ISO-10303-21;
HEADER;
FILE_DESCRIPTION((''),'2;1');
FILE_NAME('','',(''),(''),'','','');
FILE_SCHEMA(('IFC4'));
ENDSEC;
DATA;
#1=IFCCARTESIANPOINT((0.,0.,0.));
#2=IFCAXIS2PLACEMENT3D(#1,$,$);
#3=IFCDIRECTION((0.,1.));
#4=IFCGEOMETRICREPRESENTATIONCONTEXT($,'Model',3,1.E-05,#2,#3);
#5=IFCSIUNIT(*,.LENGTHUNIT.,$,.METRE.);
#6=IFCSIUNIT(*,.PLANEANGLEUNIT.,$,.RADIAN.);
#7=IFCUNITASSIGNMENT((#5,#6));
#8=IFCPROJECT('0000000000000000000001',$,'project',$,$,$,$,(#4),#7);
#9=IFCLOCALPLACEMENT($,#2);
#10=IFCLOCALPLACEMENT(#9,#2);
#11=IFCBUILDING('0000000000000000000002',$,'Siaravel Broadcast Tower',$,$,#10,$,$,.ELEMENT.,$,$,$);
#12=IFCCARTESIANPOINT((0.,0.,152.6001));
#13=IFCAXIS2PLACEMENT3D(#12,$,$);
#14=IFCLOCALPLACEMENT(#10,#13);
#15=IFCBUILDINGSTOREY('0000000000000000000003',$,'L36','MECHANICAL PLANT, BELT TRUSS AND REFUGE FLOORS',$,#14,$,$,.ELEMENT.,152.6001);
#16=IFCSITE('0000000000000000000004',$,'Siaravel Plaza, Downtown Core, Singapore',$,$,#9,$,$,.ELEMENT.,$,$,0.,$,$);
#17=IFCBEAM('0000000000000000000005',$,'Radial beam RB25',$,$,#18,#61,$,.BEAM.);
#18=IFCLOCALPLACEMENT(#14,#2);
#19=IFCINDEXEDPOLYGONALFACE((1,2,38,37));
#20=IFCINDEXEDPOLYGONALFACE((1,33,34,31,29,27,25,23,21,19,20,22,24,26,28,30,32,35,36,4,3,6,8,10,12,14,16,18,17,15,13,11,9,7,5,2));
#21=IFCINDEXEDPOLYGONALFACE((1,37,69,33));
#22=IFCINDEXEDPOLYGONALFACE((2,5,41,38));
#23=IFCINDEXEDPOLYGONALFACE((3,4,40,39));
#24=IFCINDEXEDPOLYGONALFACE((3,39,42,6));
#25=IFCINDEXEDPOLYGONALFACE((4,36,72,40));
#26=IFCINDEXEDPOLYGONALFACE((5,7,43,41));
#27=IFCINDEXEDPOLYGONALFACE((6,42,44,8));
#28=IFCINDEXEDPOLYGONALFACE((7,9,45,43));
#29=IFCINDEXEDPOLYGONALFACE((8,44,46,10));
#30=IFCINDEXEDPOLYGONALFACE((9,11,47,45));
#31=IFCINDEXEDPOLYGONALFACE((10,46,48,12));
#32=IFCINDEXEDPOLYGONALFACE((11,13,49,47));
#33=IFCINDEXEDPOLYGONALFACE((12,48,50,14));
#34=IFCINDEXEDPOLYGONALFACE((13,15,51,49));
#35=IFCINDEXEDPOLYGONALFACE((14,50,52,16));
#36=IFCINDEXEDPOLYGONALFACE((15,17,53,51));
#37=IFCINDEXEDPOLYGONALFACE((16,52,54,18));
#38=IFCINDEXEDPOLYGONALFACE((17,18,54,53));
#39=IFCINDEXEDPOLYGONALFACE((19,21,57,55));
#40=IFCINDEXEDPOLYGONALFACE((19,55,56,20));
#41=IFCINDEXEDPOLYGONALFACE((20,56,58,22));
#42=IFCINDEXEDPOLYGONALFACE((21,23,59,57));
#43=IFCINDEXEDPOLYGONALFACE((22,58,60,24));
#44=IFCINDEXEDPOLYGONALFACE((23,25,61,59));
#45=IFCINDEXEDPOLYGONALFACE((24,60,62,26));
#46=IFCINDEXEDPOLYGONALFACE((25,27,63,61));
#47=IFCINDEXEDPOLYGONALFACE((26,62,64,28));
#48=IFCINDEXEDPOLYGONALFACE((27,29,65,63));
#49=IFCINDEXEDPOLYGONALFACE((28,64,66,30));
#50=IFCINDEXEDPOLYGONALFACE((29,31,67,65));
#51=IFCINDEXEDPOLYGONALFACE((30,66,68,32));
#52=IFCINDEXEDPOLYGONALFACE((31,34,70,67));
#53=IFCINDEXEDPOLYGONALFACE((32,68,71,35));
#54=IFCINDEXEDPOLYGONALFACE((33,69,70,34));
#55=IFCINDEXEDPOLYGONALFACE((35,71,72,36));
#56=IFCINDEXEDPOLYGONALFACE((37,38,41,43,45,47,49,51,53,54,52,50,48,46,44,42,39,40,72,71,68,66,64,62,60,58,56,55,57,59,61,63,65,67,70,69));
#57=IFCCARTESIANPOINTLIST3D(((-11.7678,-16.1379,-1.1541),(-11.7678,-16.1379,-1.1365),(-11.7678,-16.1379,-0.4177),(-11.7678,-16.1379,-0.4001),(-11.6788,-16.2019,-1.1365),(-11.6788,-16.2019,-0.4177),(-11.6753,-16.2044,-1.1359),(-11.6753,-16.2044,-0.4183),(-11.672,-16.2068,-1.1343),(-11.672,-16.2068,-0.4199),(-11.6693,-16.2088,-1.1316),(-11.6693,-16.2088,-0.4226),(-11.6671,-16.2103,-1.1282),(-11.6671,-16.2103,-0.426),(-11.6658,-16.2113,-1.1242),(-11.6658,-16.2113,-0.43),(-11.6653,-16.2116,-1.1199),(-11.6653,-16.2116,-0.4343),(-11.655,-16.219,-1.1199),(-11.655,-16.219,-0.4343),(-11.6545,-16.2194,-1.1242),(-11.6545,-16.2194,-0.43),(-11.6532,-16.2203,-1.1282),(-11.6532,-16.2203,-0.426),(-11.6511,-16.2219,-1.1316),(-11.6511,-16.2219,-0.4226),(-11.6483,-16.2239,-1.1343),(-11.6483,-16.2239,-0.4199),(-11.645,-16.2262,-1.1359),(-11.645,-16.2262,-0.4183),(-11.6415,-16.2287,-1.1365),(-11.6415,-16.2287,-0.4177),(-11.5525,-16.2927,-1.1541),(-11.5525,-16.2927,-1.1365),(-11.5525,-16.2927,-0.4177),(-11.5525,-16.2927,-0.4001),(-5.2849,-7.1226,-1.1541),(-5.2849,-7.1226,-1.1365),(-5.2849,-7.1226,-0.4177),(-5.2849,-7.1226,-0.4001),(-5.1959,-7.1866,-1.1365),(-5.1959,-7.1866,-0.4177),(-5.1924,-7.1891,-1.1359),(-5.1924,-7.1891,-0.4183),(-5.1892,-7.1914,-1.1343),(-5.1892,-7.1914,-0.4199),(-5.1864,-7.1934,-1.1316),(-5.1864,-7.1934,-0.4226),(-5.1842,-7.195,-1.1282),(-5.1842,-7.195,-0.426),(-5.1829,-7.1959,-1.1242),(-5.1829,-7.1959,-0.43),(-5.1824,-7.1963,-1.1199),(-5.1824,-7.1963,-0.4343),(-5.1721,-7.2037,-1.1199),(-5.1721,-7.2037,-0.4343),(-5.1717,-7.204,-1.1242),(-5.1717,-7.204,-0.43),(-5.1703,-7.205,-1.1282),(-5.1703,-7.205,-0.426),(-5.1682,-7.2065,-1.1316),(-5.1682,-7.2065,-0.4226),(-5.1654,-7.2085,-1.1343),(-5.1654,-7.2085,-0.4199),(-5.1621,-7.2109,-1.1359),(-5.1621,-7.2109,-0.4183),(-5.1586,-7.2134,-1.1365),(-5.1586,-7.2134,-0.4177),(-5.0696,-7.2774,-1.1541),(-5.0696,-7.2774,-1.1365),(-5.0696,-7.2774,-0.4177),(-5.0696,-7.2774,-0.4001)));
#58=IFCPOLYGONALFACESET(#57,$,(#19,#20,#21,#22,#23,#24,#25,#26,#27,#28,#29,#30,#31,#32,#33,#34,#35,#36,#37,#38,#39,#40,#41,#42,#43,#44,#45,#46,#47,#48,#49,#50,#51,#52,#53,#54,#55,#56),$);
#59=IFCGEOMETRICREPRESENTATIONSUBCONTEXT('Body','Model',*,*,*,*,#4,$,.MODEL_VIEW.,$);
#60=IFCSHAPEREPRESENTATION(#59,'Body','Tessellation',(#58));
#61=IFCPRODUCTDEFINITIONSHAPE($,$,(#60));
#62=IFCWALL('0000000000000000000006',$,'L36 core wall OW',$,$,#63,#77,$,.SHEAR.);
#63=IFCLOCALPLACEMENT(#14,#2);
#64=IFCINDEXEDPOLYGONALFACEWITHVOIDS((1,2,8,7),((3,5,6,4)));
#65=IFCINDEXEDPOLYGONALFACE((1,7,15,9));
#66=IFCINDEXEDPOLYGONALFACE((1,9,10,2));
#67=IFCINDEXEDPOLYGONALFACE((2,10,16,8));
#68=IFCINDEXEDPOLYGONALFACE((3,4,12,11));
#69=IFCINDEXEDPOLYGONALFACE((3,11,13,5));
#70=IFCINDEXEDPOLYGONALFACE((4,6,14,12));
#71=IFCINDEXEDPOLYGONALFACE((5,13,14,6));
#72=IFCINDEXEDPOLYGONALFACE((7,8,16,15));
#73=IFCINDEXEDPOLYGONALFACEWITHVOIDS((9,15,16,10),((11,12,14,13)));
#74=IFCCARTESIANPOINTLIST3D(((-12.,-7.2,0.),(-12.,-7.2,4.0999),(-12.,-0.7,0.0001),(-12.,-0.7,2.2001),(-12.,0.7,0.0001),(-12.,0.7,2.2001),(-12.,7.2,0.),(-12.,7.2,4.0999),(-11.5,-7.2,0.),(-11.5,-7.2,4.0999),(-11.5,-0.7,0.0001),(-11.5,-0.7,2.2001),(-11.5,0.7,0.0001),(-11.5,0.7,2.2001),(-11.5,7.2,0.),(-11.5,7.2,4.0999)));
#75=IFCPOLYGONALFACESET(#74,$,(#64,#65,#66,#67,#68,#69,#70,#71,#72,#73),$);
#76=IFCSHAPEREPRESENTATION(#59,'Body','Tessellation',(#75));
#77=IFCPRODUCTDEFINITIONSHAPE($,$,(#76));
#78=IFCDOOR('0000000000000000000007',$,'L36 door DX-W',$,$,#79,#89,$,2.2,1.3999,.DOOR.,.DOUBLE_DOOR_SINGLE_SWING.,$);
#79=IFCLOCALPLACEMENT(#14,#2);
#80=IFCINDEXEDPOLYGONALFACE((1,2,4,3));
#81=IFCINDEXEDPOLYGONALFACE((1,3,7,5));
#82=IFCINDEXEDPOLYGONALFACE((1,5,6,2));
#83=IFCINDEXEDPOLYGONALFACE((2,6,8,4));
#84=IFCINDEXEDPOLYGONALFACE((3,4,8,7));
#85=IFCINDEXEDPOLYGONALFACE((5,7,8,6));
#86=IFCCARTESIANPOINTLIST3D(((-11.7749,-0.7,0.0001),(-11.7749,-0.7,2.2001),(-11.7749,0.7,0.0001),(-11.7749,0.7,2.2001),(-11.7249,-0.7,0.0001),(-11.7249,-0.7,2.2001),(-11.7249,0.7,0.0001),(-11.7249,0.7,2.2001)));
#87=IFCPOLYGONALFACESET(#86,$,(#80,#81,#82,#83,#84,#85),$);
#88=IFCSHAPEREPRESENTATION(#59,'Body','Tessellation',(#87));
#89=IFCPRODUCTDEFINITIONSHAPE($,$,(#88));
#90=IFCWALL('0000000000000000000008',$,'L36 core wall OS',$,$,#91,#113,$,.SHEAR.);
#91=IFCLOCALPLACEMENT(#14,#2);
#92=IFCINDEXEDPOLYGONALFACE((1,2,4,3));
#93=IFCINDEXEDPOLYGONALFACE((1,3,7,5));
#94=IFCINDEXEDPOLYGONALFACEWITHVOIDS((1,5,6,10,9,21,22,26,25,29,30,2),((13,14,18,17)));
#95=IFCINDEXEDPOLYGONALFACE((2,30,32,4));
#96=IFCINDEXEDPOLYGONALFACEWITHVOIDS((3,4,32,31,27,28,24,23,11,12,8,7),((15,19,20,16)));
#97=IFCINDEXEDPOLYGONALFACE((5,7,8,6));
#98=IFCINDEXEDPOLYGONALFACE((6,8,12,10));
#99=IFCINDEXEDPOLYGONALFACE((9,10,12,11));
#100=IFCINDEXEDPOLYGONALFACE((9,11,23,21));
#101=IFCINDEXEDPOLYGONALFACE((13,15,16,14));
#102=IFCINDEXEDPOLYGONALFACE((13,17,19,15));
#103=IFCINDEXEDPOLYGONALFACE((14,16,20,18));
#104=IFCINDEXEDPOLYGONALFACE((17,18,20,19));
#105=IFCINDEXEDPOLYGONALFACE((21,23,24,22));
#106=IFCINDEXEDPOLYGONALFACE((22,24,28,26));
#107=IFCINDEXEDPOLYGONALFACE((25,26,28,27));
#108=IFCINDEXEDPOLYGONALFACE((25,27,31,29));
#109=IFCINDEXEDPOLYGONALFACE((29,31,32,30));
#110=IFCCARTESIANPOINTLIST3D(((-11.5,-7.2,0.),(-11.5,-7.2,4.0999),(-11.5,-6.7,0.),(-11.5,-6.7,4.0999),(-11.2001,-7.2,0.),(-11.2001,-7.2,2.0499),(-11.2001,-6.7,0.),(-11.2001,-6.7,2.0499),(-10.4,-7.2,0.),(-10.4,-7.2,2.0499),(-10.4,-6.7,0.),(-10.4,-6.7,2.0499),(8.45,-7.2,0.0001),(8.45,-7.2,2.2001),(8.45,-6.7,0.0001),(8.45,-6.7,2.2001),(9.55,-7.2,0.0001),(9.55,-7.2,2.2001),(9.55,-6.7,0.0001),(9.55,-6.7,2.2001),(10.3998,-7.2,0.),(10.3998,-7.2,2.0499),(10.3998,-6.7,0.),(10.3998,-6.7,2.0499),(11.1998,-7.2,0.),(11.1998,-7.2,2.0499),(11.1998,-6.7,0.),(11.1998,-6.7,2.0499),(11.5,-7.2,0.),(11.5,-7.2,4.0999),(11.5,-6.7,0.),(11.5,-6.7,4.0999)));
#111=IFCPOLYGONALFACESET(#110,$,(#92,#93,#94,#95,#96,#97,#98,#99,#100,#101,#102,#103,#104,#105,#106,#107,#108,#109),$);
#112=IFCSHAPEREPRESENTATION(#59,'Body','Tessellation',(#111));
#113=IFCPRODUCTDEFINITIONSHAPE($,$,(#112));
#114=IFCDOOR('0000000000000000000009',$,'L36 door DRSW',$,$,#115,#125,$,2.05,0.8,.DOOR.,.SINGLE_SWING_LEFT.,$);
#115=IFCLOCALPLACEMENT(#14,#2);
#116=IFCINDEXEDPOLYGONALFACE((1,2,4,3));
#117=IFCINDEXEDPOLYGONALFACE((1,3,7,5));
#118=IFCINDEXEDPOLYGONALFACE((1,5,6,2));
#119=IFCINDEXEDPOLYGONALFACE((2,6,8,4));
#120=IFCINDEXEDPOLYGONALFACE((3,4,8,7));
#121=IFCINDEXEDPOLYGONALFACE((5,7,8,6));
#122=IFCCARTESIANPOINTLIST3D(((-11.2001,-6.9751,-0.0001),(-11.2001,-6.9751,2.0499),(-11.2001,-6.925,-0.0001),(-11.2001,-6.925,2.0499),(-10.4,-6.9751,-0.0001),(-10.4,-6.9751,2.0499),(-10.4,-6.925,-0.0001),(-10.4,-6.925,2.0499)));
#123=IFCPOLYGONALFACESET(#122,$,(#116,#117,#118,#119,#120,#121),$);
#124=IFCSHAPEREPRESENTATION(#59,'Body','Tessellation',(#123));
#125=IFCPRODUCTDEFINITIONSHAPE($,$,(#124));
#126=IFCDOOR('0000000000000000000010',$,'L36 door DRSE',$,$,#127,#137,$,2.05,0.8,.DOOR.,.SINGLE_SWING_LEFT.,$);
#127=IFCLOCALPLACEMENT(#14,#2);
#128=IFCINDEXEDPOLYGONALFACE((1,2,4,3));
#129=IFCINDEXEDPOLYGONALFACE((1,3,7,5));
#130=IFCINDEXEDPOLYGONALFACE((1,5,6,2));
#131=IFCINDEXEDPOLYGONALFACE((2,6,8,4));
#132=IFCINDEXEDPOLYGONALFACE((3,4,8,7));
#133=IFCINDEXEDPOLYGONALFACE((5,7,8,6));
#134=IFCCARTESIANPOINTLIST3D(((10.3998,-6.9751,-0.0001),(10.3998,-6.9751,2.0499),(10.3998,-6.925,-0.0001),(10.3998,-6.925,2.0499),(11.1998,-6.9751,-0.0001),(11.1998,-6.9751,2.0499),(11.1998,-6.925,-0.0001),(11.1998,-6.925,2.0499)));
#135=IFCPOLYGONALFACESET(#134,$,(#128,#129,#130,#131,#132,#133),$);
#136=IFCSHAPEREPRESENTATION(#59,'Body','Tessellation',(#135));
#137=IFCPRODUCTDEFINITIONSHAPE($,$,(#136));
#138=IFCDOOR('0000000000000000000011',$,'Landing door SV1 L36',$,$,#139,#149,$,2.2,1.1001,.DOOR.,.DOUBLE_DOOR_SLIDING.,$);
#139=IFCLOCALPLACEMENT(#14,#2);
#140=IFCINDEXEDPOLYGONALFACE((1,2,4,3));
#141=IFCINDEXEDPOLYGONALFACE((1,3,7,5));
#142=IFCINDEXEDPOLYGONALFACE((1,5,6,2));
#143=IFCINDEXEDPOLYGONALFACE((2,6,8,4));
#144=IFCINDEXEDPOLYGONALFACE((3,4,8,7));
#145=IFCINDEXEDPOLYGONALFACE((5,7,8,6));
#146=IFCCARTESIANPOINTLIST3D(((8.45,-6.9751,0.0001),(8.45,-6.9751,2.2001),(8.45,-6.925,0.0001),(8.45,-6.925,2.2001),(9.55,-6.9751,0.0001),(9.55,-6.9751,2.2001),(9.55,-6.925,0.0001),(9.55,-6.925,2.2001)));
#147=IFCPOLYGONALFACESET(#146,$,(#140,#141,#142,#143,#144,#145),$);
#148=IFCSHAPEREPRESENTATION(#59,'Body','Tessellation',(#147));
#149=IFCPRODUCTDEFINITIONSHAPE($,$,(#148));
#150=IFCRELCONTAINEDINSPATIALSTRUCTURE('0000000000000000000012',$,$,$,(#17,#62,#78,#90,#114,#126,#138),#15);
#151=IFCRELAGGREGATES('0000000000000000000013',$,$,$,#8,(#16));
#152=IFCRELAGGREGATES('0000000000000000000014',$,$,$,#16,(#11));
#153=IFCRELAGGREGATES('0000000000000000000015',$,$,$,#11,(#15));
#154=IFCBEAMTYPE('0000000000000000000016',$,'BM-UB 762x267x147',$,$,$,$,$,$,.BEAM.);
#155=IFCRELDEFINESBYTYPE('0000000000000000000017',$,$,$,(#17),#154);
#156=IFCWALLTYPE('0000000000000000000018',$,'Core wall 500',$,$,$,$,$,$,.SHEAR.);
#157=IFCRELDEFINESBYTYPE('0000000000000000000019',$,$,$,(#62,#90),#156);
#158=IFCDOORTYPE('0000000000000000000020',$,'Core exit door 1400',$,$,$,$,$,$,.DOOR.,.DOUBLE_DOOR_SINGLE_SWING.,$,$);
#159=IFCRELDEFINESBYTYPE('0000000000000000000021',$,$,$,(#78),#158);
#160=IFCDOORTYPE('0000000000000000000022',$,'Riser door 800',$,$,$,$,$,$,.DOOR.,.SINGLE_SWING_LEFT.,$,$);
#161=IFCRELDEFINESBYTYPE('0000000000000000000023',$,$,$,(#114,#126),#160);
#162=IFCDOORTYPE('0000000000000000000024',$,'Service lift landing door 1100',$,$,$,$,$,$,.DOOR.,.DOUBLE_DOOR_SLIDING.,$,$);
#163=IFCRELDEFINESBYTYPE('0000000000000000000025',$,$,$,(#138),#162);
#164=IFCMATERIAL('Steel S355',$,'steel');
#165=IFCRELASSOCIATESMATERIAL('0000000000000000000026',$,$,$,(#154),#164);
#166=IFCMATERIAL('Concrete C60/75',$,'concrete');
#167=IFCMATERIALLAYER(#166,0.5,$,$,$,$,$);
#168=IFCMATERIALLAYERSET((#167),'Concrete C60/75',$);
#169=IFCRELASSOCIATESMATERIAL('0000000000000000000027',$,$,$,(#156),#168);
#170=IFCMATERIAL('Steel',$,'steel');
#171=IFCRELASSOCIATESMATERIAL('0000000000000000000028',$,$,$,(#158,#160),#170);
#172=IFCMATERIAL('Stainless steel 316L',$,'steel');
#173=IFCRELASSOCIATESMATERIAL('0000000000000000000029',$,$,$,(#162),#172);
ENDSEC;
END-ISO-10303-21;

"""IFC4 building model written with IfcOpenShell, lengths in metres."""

from ifc_helpers import new_model, si_unit, direction, frame, frame_2d, origin, origin_2d, place, context, subcontext, project, spatial, rectangle, i_section, extrude, material, layer, layer_set, material_profile, profile_set, type_object, element, fill, save


model = new_model("IFC4")

# Units and contexts
model_context = context("Model", 3, precision=1e-05, world=origin(), true_north=direction((0.0, 1.0)))
body_context = subcontext(model_context, "Body", "Model", "MODEL_VIEW")
ifc_project = project(units=[si_unit("LENGTHUNIT", "METRE"), si_unit("PLANEANGLEUNIT", "RADIAN")], contexts=[model_context])

# Site, building, storey
site_placement = place(None, origin())
site = spatial("IfcSite", under=ifc_project, at=site_placement, Name="Siaravel Plaza, Downtown Core, Singapore", CompositionType="ELEMENT", RefElevation=0.0)
building_placement = place(site_placement, origin())
building = spatial("IfcBuilding", under=site, at=building_placement, Name="Siaravel Broadcast Tower", CompositionType="ELEMENT")
storey_placement = place(building_placement, frame((0.0, 0.0, 152.6001)))
storey = spatial("IfcBuildingStorey", under=building, at=storey_placement, Name="L36", Description="MECHANICAL PLANT, BELT TRUSS AND REFUGE FLOORS", CompositionType="ELEMENT", Elevation=152.6001)

# Beam
ifc_material_1 = material(Name="Steel S355", Category="steel")
ifc_material_profile = material_profile(ifc_material_1, i_section(OverallWidth=0.2651, OverallDepth=0.7539, WebThickness=0.0127, FlangeThickness=0.0176, FilletRadius=0.0166, at=origin_2d()))
ifc_profile_set = profile_set([ifc_material_profile], Name="Steel S355")
beam_type = type_object("IfcBeamType", Name="BM-UB 762x267x147", PredefinedType="BEAM", material=ifc_profile_set)
beam_placement = place(storey_placement, frame((-11.6602, -16.2153, -0.7771), z_axis=(0.58382, 0.811883, 0.0), x_axis=(-0.811883, 0.58382, 0.0)))
element("IfcBeam", 1, at=beam_placement, inside=storey, type_object=beam_type, Name="Radial beam RB25", PredefinedType="BEAM", context=body_context, shape_type="SweptSolid", body=[
    extrude(i_section(OverallWidth=0.2651, OverallDepth=0.7539, WebThickness=0.0127, FlangeThickness=0.0176, FilletRadius=0.0166, at=origin_2d()), origin(), (0.0, 0.0, 1.0), 11.1042),
])

# Wall, opening, door
ifc_material_2 = material(Name="Concrete C60/75", Category="concrete")
ifc_layer_1 = layer(ifc_material_2, 0.5)
ifc_layer_set_1 = layer_set([ifc_layer_1], Name="Concrete C60/75")
wall_type_1 = type_object("IfcWallType", Name="Core wall 500", PredefinedType="SHEAR", material=ifc_layer_set_1)
wall_1_placement = place(storey_placement, frame((-11.75, -7.2, 0.0), z_axis=(0.0, 0.0, 1.0), x_axis=(0.0, 1.0, 0.0)))
wall_1 = element("IfcWall", 2, at=wall_1_placement, inside=storey, type_object=wall_type_1, Name="L36 core wall OW", PredefinedType="SHEAR", context=body_context, shape_type="SweptSolid", body=[
    extrude(rectangle(XDim=14.3999, YDim=0.5, at=frame_2d((7.2, 0.0))), origin(), (0.0, 0.0, 1.0), 4.0999),
])
opening_1_placement = place(wall_1_placement, frame((6.5, 0.0, 0.0)))
opening_1 = element("IfcOpeningElement", 3, at=opening_1_placement, cuts=wall_1, PredefinedType="OPENING", context=body_context, shape_type="SweptSolid", body=[
    extrude(rectangle(XDim=1.3999, YDim=2.2, at=frame_2d((0.7, 1.1001))), frame((0.0, 0.26, 0.0), z_axis=(0.0, -1.0, 0.0), x_axis=(1.0, 0.0, 0.0)), (0.0, 0.0, 1.0), 0.52),
])
ifc_material_3 = material(Name="Steel", Category="steel")
door_type_1 = type_object("IfcDoorType", Name="Core exit door 1400", OperationType="DOUBLE_DOOR_SINGLE_SWING", PredefinedType="DOOR", material=ifc_material_3)
door_1_placement = place(opening_1_placement, origin())
door_1 = element("IfcDoor", 4, at=door_1_placement, inside=storey, type_object=door_type_1, Name="L36 door DX-W", OperationType="DOUBLE_DOOR_SINGLE_SWING", OverallHeight=2.2, OverallWidth=1.3999, PredefinedType="DOOR", context=body_context, shape_type="SweptSolid", body=[
    extrude(rectangle(XDim=1.3999, YDim=2.2, at=frame_2d((0.7, 1.1001))), frame((0.0, 0.0249, 0.0), z_axis=(0.0, -1.0, 0.0), x_axis=(1.0, 0.0, 0.0)), (0.0, 0.0, 1.0), 0.05),
])
fill(opening_1, door_1)

# Wall, openings, doors
wall_2_placement = place(storey_placement, frame((-11.5, -6.95, 0.0), z_axis=(0.0, 0.0, 1.0), x_axis=(1.0, 0.0, 0.0)))
wall_2 = element("IfcWall", 5, at=wall_2_placement, inside=storey, type_object=wall_type_1, Name="L36 core wall OS", PredefinedType="SHEAR", context=body_context, shape_type="SweptSolid", body=[
    extrude(rectangle(XDim=23.0, YDim=0.5, at=frame_2d((11.5, 0.0))), origin(), (0.0, 0.0, 1.0), 4.0999),
])
opening_2_placement = place(wall_2_placement, frame((19.95, 0.0, 0.0)))
opening_2 = element("IfcOpeningElement", 6, at=opening_2_placement, cuts=wall_2, PredefinedType="OPENING", context=body_context, shape_type="SweptSolid", body=[
    extrude(rectangle(XDim=1.1001, YDim=2.2, at=frame_2d((0.55, 1.1001))), frame((0.0, 0.26, 0.0), z_axis=(0.0, -1.0, 0.0), x_axis=(1.0, 0.0, 0.0)), (0.0, 0.0, 1.0), 0.52),
])
opening_3_placement = place(wall_2_placement, frame((0.3, 0.0, 0.0)))
opening_3 = element("IfcOpeningElement", 7, at=opening_3_placement, cuts=wall_2, PredefinedType="OPENING", context=body_context, shape_type="SweptSolid", body=[
    extrude(rectangle(XDim=0.8, YDim=2.05, at=frame_2d((0.3999, 1.0249))), frame((0.0, 0.26, 0.0), z_axis=(0.0, -1.0, 0.0), x_axis=(1.0, 0.0, 0.0)), (0.0, 0.0, 1.0), 0.52),
])
opening_4_placement = place(wall_2_placement, frame((21.8999, 0.0, 0.0)))
opening_4 = element("IfcOpeningElement", 8, at=opening_4_placement, cuts=wall_2, PredefinedType="OPENING", context=body_context, shape_type="SweptSolid", body=[
    extrude(rectangle(XDim=0.8, YDim=2.05, at=frame_2d((0.3999, 1.0249))), frame((0.0, 0.26, 0.0), z_axis=(0.0, -1.0, 0.0), x_axis=(1.0, 0.0, 0.0)), (0.0, 0.0, 1.0), 0.52),
])
door_type_2 = type_object("IfcDoorType", Name="Riser door 800", OperationType="SINGLE_SWING_LEFT", PredefinedType="DOOR", material=ifc_material_3)
door_2_placement = place(opening_3_placement, origin())
door_2 = element("IfcDoor", 9, at=door_2_placement, inside=storey, type_object=door_type_2, Name="L36 door DRSW", OperationType="SINGLE_SWING_LEFT", OverallHeight=2.05, OverallWidth=0.8, PredefinedType="DOOR", context=body_context, shape_type="SweptSolid", body=[
    extrude(rectangle(XDim=0.8, YDim=2.05, at=frame_2d((0.3999, 1.0249))), frame((0.0, 0.0249, 0.0), z_axis=(0.0, -1.0, 0.0), x_axis=(1.0, 0.0, 0.0)), (0.0, 0.0, 1.0), 0.05),
])
fill(opening_3, door_2)
door_3_placement = place(opening_4_placement, origin())
door_3 = element("IfcDoor", 10, at=door_3_placement, inside=storey, type_object=door_type_2, Name="L36 door DRSE", OperationType="SINGLE_SWING_LEFT", OverallHeight=2.05, OverallWidth=0.8, PredefinedType="DOOR", context=body_context, shape_type="SweptSolid", body=[
    extrude(rectangle(XDim=0.8, YDim=2.05, at=frame_2d((0.3999, 1.0249))), frame((0.0, 0.0249, 0.0), z_axis=(0.0, -1.0, 0.0), x_axis=(1.0, 0.0, 0.0)), (0.0, 0.0, 1.0), 0.05),
])
fill(opening_4, door_3)
ifc_material_4 = material(Name="Stainless steel 316L", Category="steel")
door_type_3 = type_object("IfcDoorType", Name="Service lift landing door 1100", OperationType="DOUBLE_DOOR_SLIDING", PredefinedType="DOOR", material=ifc_material_4)
door_4_placement = place(opening_2_placement, origin())
door_4 = element("IfcDoor", 11, at=door_4_placement, inside=storey, type_object=door_type_3, Name="Landing door SV1 L36", OperationType="DOUBLE_DOOR_SLIDING", OverallHeight=2.2, OverallWidth=1.1001, PredefinedType="DOOR", context=body_context, shape_type="SweptSolid", body=[
    extrude(rectangle(XDim=1.1001, YDim=2.2, at=frame_2d((0.55, 1.1001))), frame((0.0, 0.0249, 0.0), z_axis=(0.0, -1.0, 0.0), x_axis=(1.0, 0.0, 0.0)), (0.0, 0.0, 1.0), 0.05),
])
fill(opening_2, door_4)

save(model, "model.ifc")
